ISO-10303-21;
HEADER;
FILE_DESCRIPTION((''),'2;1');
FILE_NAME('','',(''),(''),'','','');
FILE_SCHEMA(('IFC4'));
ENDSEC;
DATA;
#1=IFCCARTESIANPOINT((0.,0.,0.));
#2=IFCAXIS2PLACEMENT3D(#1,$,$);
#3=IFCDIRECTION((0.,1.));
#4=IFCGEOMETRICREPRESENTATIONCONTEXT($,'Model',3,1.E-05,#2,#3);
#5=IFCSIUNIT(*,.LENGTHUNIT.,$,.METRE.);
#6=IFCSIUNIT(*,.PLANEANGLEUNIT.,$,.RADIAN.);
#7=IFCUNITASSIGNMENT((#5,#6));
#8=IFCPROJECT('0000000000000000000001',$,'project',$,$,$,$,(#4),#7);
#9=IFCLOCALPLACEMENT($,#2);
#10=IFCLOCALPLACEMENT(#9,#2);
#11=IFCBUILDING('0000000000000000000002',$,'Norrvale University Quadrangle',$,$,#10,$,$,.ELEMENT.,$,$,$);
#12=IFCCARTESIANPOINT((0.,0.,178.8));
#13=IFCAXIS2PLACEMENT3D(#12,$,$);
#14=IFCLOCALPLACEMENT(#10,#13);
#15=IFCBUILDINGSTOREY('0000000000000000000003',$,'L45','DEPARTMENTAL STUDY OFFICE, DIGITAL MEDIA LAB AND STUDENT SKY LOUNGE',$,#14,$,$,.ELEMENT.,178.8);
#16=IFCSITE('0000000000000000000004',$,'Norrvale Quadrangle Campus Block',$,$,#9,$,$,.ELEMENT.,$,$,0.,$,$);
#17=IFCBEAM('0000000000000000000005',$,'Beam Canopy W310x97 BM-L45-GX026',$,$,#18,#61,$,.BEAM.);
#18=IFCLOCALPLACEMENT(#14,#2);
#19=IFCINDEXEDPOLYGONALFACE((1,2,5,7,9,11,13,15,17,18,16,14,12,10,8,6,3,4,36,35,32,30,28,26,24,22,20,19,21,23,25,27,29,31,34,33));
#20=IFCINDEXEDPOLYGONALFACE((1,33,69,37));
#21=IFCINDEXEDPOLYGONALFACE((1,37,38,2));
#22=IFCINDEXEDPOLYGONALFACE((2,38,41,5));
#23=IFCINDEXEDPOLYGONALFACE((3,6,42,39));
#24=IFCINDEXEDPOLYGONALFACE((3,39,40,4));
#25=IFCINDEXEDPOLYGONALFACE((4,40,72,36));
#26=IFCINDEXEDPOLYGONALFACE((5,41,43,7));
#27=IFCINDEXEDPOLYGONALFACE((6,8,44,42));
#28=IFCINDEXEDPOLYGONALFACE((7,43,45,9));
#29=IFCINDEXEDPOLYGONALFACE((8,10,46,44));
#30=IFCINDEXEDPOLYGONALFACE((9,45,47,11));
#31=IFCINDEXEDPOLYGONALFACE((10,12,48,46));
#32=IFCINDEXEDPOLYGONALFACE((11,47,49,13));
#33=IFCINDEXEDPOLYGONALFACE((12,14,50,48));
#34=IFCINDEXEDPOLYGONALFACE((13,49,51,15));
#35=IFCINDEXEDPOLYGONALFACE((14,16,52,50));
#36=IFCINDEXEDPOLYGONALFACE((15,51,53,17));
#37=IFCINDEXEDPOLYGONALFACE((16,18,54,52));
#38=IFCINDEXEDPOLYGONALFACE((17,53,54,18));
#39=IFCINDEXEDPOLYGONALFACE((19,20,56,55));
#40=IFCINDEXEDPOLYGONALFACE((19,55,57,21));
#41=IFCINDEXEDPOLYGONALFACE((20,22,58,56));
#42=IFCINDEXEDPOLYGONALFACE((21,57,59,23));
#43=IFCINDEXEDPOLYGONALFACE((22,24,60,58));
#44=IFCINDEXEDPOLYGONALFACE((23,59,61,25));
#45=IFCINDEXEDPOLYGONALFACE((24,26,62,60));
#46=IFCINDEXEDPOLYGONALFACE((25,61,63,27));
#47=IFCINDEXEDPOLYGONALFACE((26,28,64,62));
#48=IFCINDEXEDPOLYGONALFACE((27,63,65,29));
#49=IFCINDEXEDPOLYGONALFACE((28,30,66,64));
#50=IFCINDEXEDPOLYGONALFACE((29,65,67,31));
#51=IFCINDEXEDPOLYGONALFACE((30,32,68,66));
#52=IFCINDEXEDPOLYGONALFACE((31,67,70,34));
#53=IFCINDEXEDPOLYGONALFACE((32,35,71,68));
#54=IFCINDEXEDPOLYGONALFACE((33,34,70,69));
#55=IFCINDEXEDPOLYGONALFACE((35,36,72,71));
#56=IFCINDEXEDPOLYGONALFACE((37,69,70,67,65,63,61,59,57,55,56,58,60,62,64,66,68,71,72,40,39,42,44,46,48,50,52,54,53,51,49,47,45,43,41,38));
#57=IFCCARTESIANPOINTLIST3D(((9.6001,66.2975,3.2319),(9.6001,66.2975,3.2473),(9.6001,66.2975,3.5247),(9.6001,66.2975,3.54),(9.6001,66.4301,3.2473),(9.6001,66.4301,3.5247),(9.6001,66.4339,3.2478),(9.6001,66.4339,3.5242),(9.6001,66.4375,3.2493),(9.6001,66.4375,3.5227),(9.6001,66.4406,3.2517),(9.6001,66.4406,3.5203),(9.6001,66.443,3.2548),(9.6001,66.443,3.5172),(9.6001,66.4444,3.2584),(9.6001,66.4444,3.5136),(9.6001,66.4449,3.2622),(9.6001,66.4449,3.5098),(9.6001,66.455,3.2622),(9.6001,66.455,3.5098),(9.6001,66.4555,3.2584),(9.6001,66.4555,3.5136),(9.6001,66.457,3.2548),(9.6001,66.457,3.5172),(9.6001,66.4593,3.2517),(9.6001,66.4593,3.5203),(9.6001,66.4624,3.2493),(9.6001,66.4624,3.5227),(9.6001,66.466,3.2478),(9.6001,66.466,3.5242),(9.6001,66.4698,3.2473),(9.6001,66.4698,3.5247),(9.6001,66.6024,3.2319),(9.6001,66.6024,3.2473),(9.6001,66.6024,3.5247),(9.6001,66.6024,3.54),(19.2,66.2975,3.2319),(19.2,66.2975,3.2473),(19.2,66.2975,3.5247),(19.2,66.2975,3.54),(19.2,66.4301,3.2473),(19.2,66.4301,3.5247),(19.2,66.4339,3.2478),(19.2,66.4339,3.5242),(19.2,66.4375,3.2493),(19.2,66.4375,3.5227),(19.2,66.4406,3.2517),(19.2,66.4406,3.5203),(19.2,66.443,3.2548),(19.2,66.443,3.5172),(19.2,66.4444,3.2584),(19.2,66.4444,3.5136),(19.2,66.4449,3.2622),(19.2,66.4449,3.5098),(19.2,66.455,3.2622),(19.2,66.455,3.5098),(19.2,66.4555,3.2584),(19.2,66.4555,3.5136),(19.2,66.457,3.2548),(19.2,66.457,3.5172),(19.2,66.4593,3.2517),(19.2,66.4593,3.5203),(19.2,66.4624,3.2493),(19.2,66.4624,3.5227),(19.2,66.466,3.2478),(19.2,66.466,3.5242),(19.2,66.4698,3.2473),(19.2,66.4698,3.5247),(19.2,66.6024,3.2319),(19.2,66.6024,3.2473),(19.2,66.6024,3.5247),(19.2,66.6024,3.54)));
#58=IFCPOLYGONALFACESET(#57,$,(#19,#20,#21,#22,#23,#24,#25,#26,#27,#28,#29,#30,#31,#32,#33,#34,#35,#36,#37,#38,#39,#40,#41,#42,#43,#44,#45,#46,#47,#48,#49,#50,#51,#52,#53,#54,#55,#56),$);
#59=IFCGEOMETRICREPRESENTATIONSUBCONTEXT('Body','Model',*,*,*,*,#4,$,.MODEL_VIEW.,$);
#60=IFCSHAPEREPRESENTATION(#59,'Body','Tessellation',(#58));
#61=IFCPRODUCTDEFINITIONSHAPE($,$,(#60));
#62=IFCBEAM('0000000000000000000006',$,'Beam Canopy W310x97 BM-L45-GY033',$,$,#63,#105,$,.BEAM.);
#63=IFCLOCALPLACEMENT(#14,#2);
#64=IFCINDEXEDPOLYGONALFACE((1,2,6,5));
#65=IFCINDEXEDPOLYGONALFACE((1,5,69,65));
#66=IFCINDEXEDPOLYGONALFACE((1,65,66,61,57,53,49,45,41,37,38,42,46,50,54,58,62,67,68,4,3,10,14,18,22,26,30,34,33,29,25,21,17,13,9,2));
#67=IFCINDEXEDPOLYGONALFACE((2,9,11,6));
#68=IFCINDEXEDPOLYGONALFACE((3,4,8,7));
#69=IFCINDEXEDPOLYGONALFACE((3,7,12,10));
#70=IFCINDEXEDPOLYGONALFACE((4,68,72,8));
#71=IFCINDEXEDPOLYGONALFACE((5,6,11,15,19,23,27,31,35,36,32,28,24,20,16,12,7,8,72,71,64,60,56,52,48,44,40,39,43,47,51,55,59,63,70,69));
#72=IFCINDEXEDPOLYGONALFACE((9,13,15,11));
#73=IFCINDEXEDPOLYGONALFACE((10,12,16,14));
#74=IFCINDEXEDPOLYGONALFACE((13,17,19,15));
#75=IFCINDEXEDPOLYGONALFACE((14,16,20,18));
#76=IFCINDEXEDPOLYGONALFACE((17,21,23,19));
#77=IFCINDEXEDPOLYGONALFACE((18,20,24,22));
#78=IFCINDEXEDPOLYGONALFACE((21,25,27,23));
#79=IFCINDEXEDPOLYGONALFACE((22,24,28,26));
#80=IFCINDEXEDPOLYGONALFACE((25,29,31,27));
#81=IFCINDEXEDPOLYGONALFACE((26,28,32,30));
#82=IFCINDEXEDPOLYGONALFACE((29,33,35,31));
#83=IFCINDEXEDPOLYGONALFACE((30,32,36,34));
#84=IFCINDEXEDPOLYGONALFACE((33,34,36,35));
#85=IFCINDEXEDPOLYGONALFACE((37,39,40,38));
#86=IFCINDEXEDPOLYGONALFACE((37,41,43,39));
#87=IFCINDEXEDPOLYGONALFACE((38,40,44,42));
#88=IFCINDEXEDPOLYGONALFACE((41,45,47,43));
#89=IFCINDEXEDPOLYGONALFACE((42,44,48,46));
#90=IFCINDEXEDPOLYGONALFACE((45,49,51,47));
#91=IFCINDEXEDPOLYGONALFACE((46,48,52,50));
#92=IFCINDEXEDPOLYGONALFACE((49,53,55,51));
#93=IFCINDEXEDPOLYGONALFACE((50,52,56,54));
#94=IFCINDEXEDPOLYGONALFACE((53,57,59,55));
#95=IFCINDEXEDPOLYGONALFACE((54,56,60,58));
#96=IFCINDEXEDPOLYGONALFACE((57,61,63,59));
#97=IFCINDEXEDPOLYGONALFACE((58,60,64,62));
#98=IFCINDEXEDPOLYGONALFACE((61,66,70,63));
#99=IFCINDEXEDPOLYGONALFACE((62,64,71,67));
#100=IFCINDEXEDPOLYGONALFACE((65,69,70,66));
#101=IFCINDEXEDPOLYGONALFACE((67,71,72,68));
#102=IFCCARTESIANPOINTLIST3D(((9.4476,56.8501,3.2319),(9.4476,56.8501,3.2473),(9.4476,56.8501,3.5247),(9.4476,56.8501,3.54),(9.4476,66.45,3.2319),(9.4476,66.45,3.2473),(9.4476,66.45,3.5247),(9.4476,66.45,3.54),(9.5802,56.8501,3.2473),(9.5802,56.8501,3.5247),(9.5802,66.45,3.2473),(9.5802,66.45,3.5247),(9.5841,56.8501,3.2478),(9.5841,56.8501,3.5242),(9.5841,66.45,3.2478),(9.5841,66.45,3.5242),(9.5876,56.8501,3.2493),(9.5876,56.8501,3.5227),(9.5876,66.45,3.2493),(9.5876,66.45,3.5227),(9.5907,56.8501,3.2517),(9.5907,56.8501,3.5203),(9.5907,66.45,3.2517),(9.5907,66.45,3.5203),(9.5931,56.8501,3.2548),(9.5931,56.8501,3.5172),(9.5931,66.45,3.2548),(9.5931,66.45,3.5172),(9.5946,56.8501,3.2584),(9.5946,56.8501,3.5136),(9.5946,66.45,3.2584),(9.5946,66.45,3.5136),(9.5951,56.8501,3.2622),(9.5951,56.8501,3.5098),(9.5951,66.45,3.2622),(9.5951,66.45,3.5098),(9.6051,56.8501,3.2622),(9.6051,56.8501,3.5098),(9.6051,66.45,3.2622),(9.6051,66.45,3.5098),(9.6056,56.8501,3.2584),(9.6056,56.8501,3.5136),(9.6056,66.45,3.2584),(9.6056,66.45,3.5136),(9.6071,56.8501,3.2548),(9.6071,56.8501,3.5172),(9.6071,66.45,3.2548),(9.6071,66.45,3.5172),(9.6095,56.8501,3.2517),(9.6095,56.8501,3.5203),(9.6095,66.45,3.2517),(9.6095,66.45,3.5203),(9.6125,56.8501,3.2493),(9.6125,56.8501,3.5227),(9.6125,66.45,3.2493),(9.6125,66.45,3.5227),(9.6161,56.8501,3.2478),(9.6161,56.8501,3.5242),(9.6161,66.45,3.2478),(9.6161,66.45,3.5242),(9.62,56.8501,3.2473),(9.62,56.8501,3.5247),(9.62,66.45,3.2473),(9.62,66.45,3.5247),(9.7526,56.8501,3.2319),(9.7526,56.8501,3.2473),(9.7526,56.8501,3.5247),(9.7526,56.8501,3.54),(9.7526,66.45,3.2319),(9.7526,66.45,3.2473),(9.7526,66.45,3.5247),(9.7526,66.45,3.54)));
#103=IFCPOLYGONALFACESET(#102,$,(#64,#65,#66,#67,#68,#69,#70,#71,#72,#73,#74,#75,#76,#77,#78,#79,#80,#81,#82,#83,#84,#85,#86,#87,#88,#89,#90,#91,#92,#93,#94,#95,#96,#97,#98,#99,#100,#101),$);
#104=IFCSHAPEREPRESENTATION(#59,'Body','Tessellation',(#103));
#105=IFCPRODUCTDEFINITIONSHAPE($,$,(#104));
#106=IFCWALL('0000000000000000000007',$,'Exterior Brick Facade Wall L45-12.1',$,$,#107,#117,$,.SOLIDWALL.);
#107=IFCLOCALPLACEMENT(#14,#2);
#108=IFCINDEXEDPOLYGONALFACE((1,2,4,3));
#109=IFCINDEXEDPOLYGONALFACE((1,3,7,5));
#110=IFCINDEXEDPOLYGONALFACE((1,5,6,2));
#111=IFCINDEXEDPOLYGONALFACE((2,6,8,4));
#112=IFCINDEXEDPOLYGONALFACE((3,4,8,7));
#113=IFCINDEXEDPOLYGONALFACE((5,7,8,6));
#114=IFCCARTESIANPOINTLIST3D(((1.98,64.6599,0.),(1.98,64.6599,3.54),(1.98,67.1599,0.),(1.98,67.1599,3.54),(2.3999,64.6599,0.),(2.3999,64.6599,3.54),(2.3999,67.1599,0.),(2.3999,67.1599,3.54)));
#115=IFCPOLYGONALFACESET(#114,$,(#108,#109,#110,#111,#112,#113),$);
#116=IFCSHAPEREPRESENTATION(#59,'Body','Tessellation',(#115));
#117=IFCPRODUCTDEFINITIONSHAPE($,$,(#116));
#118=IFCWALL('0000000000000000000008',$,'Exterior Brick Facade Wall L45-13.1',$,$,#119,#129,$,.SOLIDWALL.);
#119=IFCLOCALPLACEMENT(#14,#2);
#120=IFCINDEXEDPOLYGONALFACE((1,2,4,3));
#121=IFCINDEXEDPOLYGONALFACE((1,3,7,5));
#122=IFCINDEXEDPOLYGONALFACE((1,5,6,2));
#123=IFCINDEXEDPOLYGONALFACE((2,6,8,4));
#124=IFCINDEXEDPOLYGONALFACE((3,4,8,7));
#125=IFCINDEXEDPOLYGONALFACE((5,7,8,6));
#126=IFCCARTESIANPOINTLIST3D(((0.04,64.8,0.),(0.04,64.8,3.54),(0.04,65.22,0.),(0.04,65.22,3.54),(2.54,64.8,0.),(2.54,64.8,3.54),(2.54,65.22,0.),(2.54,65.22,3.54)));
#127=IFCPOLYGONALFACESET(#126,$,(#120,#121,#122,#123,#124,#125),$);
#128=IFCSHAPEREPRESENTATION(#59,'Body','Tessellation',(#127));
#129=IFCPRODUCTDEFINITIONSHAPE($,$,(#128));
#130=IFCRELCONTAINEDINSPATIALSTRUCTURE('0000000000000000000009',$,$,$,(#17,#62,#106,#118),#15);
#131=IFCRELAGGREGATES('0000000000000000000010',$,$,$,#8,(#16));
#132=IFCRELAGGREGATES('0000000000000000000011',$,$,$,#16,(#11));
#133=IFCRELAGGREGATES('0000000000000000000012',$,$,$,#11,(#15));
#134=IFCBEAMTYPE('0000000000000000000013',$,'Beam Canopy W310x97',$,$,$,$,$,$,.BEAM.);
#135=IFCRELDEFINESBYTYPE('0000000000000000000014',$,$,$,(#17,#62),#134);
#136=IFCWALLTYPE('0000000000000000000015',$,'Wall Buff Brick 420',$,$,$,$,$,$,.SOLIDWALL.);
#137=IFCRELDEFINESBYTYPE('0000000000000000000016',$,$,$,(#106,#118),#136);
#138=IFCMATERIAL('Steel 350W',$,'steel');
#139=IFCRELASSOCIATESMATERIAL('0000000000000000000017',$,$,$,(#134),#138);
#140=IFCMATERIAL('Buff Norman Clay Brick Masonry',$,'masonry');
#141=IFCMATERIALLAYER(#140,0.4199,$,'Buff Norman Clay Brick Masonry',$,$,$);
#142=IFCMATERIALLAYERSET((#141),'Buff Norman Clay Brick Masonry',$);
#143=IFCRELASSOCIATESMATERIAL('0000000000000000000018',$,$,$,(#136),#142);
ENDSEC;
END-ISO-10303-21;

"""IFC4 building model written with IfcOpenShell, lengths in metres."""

from ifc_helpers import new_model, si_unit, direction, frame, frame_2d, origin, origin_2d, place, context, subcontext, project, spatial, rectangle, i_section, extrude, material, layer, layer_set, material_profile, profile_set, type_object, element, save


model = new_model("IFC4")

# Units and contexts
model_context = context("Model", 3, precision=1e-05, world=origin(), true_north=direction((0.0, 1.0)))
body_context = subcontext(model_context, "Body", "Model", "MODEL_VIEW")
ifc_project = project(units=[si_unit("LENGTHUNIT", "METRE"), si_unit("PLANEANGLEUNIT", "RADIAN")], contexts=[model_context])

# Site, building, storey
site_placement = place(None, origin())
site = spatial("IfcSite", under=ifc_project, at=site_placement, Name="Norrvale Quadrangle Campus Block", CompositionType="ELEMENT", RefElevation=0.0)
building_placement = place(site_placement, origin())
building = spatial("IfcBuilding", under=site, at=building_placement, Name="Norrvale University Quadrangle", CompositionType="ELEMENT")
storey_placement = place(building_placement, frame((0.0, 0.0, 178.8)))
storey = spatial("IfcBuildingStorey", under=building, at=storey_placement, Name="L45", Description="DEPARTMENTAL STUDY OFFICE, DIGITAL MEDIA LAB AND STUDENT SKY LOUNGE", CompositionType="ELEMENT", Elevation=178.8)

# Beams
ifc_material_1 = material(Name="Steel 350W", Category="steel")
ifc_material_profile_1 = material_profile(ifc_material_1, i_section(OverallWidth=0.3049, OverallDepth=0.3081, WebThickness=0.01, FlangeThickness=0.0154, FilletRadius=0.0149, at=origin_2d()), Name="Steel 350W")
ifc_profile_set_1 = profile_set([ifc_material_profile_1], Name="Steel 350W")
beam_type_1 = type_object("IfcBeamType", Name="Beam Canopy W310x97", PredefinedType="BEAM", material=ifc_profile_set_1)
for number, where, z_axis, x_axis, name in (
    (1, (9.6001, 66.45, 3.386), (1.0, 0.0, 0.0), (0.0, 1.0, 0.0), "Beam Canopy W310x97 BM-L45-GX026"),
    (2, (9.6001, 56.8501, 3.386), (0.0, 1.0, 0.0), (-1.0, 0.0, 0.0), "Beam Canopy W310x97 BM-L45-GY033"),
):
    element("IfcBeam", number, at=place(storey_placement, frame(where, z_axis=z_axis, x_axis=x_axis)), inside=storey, type_object=beam_type_1, Name=name, PredefinedType="BEAM", context=body_context, shape_type="SweptSolid", body=[
        extrude(i_section(OverallWidth=0.3049, OverallDepth=0.3081, WebThickness=0.01, FlangeThickness=0.0154, FilletRadius=0.0149, at=origin_2d()), origin(), (0.0, 0.0, 1.0), 9.5999),
    ])

# Walls
ifc_material_2 = material(Name="Buff Norman Clay Brick Masonry", Category="masonry")
ifc_layer = layer(ifc_material_2, 0.4199, Name="Buff Norman Clay Brick Masonry")
ifc_layer_set = layer_set([ifc_layer], Name="Buff Norman Clay Brick Masonry")
wall_type = type_object("IfcWallType", Name="Wall Buff Brick 420", PredefinedType="SOLIDWALL", material=ifc_layer_set)
for number, where, z_axis, x_axis, name in (
    (3, (2.1899, 67.1599, 0.0), (0.0, 0.0, 1.0), (0.0, -1.0, 0.0), "Exterior Brick Facade Wall L45-12.1"),
    (4, (2.54, 65.01, 0.0), (0.0, 0.0, 1.0), (-1.0, 0.0, 0.0), "Exterior Brick Facade Wall L45-13.1"),
):
    element("IfcWall", number, at=place(storey_placement, frame(where, z_axis=z_axis, x_axis=x_axis)), inside=storey, type_object=wall_type, Name=name, PredefinedType="SOLIDWALL", context=body_context, shape_type="SweptSolid", body=[
        extrude(rectangle(XDim=2.5, YDim=0.4199, at=frame_2d((1.25, 0.0))), origin(), (0.0, 0.0, 1.0), 3.54),
    ])

save(model, "model.ifc")
